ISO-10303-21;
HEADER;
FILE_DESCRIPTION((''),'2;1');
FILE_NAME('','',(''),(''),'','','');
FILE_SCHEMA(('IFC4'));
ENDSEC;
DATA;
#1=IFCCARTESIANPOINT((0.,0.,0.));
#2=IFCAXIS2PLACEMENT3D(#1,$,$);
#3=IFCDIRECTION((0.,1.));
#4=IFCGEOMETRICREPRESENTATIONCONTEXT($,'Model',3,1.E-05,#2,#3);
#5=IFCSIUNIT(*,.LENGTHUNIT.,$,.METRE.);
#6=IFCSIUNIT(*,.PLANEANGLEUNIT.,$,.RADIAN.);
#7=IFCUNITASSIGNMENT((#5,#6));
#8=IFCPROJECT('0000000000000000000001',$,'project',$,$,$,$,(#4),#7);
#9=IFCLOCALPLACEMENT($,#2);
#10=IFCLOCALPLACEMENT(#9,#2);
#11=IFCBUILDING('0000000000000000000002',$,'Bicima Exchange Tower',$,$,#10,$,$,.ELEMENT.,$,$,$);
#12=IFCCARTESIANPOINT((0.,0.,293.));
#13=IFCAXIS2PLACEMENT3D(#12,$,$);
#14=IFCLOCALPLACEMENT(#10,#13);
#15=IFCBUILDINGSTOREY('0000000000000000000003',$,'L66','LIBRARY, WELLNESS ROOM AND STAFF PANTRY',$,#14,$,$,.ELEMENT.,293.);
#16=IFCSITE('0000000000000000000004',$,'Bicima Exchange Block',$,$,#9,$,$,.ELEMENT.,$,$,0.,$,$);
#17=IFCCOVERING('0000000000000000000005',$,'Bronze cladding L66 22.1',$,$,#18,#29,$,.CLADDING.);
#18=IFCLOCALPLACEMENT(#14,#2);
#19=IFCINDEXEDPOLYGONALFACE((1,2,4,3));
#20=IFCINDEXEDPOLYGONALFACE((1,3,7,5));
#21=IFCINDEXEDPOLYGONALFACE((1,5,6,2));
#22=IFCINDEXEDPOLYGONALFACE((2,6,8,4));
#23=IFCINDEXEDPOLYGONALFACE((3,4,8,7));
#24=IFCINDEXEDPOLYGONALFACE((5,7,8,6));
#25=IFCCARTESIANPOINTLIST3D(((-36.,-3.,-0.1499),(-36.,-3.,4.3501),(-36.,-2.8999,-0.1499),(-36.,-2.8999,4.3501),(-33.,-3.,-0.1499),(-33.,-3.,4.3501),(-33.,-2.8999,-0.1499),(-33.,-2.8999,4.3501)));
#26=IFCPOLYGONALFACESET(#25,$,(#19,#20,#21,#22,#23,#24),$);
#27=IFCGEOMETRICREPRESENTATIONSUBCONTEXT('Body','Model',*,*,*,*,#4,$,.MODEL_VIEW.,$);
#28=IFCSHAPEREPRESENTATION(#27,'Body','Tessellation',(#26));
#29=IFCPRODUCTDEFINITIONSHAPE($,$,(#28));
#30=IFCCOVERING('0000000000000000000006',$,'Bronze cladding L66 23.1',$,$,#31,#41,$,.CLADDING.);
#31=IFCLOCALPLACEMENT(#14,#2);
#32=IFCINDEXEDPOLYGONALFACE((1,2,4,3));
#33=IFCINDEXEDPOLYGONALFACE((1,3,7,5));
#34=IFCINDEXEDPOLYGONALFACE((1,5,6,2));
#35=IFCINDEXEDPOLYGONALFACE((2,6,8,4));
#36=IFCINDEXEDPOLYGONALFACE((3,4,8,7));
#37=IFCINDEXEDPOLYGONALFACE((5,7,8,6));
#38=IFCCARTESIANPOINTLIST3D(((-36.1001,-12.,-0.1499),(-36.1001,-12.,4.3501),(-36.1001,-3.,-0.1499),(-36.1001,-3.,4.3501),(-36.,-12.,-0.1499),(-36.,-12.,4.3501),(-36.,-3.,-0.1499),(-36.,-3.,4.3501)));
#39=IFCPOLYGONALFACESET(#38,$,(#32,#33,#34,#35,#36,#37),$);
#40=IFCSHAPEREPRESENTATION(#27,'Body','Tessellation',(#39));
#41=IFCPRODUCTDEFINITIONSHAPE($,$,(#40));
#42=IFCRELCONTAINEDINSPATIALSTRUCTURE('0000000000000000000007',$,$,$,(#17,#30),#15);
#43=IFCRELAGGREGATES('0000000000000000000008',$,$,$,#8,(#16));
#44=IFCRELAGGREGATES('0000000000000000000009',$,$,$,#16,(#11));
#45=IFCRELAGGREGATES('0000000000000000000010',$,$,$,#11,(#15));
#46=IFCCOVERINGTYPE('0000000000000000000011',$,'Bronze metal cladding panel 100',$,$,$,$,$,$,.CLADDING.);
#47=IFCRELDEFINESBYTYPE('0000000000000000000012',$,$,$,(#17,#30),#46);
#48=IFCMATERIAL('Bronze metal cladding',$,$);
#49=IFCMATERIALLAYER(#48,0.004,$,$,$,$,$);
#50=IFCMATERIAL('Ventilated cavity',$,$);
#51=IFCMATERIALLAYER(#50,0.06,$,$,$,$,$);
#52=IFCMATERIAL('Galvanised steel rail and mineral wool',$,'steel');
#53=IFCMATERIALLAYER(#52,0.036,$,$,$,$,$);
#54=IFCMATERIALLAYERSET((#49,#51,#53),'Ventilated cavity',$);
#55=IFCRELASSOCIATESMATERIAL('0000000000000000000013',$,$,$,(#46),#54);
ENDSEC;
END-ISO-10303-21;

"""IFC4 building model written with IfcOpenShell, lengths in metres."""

from ifc_helpers import new_model, si_unit, direction, frame, origin, origin_2d, place, context, subcontext, project, spatial, rectangle, extrude, material, layer, layer_set, type_object, element, save


model = new_model("IFC4")

# Units and contexts
model_context = context("Model", 3, precision=1e-05, world=origin(), true_north=direction((0.0, 1.0)))
body_context = subcontext(model_context, "Body", "Model", "MODEL_VIEW")
ifc_project = project(units=[si_unit("LENGTHUNIT", "METRE"), si_unit("PLANEANGLEUNIT", "RADIAN")], contexts=[model_context])

# Site, building, storey
site_placement = place(None, origin())
site = spatial("IfcSite", under=ifc_project, at=site_placement, Name="Bicima Exchange Block", CompositionType="ELEMENT", RefElevation=0.0)
building_placement = place(site_placement, origin())
building = spatial("IfcBuilding", under=site, at=building_placement, Name="Bicima Exchange Tower", CompositionType="ELEMENT")
storey_placement = place(building_placement, frame((0.0, 0.0, 293.0)))
storey = spatial("IfcBuildingStorey", under=building, at=storey_placement, Name="L66", Description="LIBRARY, WELLNESS ROOM AND STAFF PANTRY", CompositionType="ELEMENT", Elevation=293.0)

# Coverings
ifc_material_1 = material(Name="Bronze metal cladding")
ifc_layer_1 = layer(ifc_material_1, 0.004)
ifc_material_2 = material(Name="Ventilated cavity")
ifc_layer_2 = layer(ifc_material_2, 0.06)
ifc_material_3 = material(Name="Galvanised steel rail and mineral wool", Category="steel")
ifc_layer_3 = layer(ifc_material_3, 0.036)
ifc_layer_set_1 = layer_set([ifc_layer_1, ifc_layer_2, ifc_layer_3], Name="Ventilated cavity")
covering_type = type_object("IfcCoveringType", Name="Bronze metal cladding panel 100", PredefinedType="CLADDING", material=ifc_layer_set_1)
covering_1_placement = place(storey_placement, frame((-34.5, -2.95, -0.1499), z_axis=(0.0, 0.0, 1.0), x_axis=(-1.0, 0.0, 0.0)))
element("IfcCovering", 1, at=covering_1_placement, inside=storey, type_object=covering_type, Name="Bronze cladding L66 22.1", PredefinedType="CLADDING", context=body_context, shape_type="SweptSolid", body=[
    extrude(rectangle(XDim=3.0, YDim=0.1001, at=origin_2d()), origin(), (0.0, 0.0, 1.0), 4.5),
])
covering_2_placement = place(storey_placement, frame((-36.05, -7.5, -0.1499), z_axis=(0.0, 0.0, 1.0), x_axis=(0.0, -1.0, 0.0)))
element("IfcCovering", 2, at=covering_2_placement, inside=storey, type_object=covering_type, Name="Bronze cladding L66 23.1", PredefinedType="CLADDING", context=body_context, shape_type="SweptSolid", body=[
    extrude(rectangle(XDim=9.0, YDim=0.1001, at=origin_2d()), origin(), (0.0, 0.0, 1.0), 4.5),
])

save(model, "model.ifc")
